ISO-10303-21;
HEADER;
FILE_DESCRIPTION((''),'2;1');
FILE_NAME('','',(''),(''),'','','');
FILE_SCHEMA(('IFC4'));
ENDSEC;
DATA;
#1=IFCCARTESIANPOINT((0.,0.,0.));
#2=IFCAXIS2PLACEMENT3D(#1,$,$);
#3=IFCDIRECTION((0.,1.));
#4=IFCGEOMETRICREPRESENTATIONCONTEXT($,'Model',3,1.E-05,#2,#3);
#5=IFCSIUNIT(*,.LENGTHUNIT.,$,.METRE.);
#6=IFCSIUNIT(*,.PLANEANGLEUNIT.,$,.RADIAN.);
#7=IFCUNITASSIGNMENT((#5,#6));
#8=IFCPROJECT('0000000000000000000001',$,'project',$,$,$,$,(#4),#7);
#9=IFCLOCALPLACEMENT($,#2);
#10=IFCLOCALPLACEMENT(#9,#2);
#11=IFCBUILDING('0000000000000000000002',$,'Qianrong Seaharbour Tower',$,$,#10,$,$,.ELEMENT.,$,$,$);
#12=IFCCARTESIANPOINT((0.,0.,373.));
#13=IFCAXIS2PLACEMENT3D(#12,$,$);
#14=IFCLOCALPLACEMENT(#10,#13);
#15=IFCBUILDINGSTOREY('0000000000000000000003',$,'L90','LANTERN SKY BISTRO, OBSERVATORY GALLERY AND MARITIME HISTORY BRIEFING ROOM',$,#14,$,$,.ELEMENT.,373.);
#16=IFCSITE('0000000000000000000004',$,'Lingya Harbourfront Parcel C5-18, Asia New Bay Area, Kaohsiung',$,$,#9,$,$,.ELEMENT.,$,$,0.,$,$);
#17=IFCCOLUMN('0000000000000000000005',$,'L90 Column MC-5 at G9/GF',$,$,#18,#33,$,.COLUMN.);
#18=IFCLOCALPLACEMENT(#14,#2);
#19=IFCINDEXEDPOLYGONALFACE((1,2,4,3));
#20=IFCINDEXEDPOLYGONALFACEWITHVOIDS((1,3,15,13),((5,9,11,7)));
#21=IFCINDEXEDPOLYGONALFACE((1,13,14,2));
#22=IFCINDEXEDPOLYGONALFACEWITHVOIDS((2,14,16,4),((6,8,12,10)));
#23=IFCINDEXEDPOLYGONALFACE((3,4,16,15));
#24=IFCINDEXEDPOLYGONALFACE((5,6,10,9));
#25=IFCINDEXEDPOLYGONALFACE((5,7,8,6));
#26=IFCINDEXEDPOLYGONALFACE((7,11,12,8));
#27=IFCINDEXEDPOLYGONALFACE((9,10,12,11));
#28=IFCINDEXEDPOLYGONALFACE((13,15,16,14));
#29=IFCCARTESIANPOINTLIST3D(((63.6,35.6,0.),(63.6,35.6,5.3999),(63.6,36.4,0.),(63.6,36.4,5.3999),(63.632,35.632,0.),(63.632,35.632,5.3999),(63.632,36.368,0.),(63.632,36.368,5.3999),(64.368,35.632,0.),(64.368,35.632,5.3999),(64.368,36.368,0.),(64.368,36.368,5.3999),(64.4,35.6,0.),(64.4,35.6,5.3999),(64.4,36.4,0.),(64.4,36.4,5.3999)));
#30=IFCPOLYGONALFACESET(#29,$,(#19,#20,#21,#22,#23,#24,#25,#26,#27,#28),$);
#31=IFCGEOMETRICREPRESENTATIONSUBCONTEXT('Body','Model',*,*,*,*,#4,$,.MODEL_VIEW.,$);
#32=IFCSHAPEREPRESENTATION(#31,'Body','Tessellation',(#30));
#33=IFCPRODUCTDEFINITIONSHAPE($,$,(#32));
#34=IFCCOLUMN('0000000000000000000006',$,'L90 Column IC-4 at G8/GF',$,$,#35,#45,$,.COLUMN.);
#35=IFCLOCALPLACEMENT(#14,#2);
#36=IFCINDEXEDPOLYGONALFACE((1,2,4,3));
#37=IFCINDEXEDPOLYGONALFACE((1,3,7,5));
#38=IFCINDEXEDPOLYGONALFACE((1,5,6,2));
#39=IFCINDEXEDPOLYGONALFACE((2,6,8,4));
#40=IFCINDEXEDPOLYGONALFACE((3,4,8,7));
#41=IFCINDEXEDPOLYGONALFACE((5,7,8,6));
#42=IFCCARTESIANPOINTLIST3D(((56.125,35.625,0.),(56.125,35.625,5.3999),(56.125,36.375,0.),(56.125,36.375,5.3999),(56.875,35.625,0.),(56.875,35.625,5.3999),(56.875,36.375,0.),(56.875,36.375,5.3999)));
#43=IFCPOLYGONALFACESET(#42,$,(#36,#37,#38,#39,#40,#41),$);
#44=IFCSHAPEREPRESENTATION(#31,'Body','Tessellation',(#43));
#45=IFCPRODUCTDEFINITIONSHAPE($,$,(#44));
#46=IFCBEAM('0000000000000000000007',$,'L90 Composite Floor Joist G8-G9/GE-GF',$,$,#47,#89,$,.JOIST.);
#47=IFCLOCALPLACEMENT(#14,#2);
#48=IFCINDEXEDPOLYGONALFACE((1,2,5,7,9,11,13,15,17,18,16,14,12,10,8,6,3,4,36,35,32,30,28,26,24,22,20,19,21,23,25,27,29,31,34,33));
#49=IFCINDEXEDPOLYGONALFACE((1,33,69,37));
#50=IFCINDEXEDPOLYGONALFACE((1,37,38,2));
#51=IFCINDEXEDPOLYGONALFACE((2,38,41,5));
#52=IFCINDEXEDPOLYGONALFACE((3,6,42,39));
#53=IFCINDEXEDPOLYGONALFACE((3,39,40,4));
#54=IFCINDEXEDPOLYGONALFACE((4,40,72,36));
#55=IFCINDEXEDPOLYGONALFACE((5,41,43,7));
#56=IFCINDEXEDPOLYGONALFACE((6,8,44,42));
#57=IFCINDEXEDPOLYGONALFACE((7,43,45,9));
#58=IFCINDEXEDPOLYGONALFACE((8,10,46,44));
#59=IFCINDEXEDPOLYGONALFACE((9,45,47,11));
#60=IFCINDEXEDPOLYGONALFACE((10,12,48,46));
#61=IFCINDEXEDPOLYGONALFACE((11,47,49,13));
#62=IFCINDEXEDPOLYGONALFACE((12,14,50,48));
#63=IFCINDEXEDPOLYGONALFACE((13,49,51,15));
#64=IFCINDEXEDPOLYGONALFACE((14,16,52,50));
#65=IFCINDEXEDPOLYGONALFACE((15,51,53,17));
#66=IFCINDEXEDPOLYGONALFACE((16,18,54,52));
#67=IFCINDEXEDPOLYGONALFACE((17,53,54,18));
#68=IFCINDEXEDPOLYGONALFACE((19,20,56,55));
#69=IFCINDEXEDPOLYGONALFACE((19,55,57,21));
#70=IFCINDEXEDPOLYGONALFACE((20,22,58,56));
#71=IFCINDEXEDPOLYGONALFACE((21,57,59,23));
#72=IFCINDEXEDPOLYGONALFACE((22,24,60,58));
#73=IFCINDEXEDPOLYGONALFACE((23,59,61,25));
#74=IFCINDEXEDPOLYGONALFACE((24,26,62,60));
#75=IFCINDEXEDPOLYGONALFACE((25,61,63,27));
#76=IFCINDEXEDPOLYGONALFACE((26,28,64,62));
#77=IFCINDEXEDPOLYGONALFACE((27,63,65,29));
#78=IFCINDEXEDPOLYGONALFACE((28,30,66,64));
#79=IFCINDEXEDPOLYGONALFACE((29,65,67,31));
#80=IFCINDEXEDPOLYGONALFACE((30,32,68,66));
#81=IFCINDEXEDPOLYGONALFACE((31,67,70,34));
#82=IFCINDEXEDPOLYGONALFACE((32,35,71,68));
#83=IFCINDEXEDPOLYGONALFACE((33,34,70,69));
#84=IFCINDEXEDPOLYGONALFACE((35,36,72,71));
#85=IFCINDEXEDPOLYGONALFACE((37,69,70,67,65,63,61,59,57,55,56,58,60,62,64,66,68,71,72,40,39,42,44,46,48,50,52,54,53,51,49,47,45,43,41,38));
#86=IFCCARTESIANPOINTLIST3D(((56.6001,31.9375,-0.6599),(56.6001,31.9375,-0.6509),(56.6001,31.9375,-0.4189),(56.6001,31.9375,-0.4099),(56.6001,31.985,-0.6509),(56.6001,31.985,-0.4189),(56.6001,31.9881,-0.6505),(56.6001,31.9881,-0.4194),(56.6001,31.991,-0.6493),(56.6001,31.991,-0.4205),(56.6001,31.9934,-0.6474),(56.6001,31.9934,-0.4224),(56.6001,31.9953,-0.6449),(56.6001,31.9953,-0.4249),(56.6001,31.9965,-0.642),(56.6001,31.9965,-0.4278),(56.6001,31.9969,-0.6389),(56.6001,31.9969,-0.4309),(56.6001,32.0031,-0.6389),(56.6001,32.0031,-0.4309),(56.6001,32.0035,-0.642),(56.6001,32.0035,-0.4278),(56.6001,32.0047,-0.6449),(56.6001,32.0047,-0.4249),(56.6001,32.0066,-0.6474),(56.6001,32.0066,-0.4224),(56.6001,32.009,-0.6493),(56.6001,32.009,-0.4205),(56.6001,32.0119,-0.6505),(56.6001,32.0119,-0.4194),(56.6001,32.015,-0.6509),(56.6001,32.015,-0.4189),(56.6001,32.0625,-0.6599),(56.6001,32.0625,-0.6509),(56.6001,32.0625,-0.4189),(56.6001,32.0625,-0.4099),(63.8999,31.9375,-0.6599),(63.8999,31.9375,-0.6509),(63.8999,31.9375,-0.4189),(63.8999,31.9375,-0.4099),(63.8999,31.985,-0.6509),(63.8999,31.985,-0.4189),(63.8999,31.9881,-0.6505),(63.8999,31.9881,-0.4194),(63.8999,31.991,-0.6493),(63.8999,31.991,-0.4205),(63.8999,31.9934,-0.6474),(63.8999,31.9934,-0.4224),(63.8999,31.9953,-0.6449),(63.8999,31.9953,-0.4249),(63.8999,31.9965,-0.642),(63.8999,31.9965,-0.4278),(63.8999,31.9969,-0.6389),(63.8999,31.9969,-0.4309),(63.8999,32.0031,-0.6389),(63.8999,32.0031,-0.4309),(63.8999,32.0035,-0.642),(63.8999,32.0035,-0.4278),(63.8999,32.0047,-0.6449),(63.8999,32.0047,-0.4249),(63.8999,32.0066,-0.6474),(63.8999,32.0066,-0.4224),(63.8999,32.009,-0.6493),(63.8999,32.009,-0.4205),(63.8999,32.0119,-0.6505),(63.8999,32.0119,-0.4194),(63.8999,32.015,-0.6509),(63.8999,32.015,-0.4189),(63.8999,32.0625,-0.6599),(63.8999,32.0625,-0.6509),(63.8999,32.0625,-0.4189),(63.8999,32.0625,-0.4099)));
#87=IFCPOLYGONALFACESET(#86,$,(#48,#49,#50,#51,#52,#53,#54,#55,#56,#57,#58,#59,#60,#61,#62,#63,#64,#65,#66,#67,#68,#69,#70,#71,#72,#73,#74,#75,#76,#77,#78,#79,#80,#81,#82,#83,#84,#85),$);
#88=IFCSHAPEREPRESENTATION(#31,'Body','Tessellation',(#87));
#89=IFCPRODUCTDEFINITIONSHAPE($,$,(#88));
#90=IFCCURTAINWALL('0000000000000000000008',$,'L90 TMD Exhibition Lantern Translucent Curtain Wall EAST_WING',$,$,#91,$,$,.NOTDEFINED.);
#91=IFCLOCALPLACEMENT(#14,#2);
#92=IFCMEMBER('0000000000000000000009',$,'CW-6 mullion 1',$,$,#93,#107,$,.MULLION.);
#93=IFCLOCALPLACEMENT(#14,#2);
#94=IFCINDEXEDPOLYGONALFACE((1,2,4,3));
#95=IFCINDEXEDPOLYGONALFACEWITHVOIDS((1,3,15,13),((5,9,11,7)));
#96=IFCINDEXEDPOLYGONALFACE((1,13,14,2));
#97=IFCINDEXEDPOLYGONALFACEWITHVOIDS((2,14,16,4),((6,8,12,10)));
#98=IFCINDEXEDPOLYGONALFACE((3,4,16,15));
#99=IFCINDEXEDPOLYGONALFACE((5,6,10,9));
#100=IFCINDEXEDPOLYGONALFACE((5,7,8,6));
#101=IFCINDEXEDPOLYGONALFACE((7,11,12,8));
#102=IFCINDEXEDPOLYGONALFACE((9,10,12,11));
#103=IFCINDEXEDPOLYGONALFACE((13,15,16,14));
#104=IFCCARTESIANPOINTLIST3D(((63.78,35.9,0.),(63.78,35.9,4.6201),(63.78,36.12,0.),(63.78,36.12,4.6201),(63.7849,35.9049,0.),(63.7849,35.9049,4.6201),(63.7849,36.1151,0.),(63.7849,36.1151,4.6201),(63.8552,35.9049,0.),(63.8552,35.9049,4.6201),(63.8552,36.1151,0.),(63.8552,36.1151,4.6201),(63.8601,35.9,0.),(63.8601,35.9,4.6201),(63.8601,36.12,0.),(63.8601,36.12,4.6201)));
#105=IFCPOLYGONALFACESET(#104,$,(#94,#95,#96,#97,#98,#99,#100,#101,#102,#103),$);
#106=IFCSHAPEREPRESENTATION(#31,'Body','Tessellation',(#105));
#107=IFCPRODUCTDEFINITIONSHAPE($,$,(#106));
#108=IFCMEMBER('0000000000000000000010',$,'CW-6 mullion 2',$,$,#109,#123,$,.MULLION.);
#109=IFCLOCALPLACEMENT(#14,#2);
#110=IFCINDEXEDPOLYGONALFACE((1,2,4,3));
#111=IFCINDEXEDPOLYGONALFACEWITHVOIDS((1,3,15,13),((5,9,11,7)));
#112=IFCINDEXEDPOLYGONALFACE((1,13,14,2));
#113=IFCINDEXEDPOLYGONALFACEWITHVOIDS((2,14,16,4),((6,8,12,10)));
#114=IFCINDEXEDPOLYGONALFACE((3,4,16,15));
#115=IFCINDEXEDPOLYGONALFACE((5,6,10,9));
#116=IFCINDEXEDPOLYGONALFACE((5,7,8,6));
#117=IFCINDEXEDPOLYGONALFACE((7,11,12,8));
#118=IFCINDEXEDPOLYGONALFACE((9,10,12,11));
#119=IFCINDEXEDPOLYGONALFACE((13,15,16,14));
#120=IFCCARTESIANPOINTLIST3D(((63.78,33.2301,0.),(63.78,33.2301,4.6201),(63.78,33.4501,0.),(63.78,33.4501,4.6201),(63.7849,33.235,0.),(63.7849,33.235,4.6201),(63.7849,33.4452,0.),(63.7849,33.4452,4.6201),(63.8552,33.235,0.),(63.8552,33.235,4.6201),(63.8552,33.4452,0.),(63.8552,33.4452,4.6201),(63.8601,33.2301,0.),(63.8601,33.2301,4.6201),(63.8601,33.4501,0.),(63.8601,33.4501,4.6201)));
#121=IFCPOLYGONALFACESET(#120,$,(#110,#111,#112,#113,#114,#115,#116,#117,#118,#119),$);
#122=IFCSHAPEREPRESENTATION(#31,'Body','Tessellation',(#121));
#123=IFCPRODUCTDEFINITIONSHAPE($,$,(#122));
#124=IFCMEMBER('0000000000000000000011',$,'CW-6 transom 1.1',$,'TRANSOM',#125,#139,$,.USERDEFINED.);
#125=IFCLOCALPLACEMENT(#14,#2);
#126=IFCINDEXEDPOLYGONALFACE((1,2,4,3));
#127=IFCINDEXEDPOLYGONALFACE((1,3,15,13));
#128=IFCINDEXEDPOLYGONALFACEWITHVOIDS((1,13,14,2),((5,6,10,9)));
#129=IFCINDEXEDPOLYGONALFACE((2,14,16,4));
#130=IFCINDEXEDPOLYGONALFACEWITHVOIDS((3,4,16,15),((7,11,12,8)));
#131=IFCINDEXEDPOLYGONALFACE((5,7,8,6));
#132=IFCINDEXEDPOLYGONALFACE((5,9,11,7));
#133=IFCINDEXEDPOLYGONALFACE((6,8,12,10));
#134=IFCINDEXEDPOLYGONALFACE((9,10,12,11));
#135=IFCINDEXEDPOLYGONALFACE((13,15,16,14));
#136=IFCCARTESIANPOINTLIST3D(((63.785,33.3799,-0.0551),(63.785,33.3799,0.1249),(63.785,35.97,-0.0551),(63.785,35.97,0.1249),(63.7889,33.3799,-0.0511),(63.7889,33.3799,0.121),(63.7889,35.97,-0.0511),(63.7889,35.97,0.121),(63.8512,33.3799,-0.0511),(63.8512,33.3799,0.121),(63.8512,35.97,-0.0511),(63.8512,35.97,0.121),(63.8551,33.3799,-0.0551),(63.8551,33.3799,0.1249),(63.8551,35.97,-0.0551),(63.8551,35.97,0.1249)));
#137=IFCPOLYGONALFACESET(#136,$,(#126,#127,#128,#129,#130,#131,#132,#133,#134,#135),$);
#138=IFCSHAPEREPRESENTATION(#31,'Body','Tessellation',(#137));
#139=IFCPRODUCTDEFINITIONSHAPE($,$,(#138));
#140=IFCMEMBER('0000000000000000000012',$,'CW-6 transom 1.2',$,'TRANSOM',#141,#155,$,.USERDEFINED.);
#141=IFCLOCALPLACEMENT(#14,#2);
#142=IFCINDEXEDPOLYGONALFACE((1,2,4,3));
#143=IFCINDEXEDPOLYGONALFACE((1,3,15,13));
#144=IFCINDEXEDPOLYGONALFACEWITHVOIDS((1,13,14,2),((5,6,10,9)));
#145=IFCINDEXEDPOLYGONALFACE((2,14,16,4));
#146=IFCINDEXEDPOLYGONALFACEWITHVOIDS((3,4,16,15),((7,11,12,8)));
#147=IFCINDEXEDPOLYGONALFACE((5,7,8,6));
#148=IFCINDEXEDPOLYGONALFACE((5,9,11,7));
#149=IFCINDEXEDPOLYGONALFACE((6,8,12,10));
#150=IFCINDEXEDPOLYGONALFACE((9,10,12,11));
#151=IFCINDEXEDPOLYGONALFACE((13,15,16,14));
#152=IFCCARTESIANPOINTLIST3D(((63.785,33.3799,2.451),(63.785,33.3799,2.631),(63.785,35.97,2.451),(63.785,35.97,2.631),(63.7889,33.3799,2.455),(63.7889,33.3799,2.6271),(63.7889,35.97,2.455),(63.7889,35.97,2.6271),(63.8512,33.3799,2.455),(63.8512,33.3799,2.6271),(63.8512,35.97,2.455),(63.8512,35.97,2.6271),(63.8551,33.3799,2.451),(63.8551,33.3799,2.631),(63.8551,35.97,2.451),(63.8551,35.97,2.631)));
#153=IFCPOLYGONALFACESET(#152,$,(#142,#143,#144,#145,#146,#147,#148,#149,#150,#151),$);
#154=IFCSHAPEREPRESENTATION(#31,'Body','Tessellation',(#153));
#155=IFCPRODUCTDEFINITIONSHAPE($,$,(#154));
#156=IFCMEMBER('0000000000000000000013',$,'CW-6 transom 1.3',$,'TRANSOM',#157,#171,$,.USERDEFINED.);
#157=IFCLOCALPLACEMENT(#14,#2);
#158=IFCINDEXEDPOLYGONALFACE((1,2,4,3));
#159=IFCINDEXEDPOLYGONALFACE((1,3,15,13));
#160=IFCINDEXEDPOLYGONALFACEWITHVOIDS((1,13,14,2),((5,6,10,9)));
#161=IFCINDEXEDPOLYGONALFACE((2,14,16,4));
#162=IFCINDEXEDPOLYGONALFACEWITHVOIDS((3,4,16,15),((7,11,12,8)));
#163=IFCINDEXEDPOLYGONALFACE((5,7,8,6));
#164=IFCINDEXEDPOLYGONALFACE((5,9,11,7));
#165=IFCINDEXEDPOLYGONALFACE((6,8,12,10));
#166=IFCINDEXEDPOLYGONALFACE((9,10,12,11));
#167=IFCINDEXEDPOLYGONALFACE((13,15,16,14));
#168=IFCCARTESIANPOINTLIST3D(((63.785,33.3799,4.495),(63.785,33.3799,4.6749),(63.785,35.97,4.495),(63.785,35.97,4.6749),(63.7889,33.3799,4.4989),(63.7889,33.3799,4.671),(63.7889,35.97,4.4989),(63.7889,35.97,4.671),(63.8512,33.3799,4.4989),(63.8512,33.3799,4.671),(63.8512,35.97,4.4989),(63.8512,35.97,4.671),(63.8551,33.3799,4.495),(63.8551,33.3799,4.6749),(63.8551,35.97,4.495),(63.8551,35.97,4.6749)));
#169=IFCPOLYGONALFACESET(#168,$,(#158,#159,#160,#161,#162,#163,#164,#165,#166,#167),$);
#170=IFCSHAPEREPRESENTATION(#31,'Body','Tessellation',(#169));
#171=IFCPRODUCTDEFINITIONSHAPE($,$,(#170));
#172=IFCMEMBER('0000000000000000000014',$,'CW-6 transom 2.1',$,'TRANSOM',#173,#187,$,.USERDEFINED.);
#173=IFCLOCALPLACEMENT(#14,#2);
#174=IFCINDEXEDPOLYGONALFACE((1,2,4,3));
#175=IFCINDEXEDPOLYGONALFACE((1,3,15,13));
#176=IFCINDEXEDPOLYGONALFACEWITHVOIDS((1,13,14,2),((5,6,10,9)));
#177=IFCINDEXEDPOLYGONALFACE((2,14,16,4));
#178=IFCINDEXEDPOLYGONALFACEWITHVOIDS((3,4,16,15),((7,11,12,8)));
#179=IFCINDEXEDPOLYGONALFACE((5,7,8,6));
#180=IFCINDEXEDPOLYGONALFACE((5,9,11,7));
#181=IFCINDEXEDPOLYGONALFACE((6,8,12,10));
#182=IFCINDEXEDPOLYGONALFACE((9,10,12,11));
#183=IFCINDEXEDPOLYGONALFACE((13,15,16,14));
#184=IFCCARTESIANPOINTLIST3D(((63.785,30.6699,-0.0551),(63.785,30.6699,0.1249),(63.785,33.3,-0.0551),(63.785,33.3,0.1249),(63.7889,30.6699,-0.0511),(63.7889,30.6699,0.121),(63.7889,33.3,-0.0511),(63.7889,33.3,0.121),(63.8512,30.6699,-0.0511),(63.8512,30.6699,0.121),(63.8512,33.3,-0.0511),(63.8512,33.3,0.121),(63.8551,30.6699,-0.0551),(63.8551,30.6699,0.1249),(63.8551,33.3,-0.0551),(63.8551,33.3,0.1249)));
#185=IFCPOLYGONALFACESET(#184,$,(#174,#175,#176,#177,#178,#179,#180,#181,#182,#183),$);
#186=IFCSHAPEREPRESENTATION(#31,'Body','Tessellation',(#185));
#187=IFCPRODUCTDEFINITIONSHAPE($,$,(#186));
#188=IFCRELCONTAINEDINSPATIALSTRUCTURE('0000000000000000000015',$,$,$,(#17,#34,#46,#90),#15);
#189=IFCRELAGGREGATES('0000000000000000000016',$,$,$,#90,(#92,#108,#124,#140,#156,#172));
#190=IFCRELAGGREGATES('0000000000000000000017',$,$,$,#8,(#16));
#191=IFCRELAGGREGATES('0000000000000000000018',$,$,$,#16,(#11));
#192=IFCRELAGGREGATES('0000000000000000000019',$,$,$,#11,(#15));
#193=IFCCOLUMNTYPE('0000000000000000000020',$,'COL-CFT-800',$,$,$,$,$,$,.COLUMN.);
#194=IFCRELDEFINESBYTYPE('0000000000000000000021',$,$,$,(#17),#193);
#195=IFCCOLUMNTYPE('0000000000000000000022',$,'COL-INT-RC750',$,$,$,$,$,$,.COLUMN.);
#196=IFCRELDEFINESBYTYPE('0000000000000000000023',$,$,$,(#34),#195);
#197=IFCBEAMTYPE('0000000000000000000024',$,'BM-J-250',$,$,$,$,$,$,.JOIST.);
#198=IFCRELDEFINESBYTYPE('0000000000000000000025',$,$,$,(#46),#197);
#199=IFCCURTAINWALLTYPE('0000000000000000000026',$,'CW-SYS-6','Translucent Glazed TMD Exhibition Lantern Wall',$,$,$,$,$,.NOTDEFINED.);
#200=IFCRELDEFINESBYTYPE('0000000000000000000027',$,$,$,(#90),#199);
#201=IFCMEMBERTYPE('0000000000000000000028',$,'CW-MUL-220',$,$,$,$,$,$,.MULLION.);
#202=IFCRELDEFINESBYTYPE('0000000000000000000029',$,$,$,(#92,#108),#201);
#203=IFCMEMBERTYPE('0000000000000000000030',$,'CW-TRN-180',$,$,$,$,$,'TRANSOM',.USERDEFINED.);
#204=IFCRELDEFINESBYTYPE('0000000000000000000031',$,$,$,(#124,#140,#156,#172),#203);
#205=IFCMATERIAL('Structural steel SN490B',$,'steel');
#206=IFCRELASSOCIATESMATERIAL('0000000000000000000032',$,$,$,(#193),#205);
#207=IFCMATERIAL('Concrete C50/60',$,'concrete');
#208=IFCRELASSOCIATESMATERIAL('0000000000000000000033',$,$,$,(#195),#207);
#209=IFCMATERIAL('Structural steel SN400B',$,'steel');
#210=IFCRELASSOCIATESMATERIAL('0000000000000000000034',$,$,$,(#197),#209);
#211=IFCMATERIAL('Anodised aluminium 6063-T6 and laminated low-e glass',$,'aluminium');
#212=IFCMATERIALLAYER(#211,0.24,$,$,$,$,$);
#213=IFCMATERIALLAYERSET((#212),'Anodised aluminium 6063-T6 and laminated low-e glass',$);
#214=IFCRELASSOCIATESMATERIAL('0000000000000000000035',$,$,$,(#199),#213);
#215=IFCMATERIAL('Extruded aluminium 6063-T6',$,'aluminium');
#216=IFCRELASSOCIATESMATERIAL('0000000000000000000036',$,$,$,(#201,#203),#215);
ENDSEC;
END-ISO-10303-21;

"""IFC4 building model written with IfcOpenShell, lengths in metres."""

from ifc_helpers import new_model, si_unit, direction, frame, origin, origin_2d, place, context, subcontext, project, spatial, rectangle, hollow_rectangle, i_section, extrude, material, layer, layer_set, material_profile, profile_set, type_object, element, aggregate, save


model = new_model("IFC4")

# Units and contexts
model_context = context("Model", 3, precision=1e-05, world=origin(), true_north=direction((0.0, 1.0)))
body_context = subcontext(model_context, "Body", "Model", "MODEL_VIEW")
ifc_project = project(units=[si_unit("LENGTHUNIT", "METRE"), si_unit("PLANEANGLEUNIT", "RADIAN")], contexts=[model_context])

# Site, building, storey
site_placement = place(None, origin())
site = spatial("IfcSite", under=ifc_project, at=site_placement, Name="Lingya Harbourfront Parcel C5-18, Asia New Bay Area, Kaohsiung", CompositionType="ELEMENT", RefElevation=0.0)
building_placement = place(site_placement, origin())
building = spatial("IfcBuilding", under=site, at=building_placement, Name="Qianrong Seaharbour Tower", CompositionType="ELEMENT")
storey_placement = place(building_placement, frame((0.0, 0.0, 373.0)))
storey = spatial("IfcBuildingStorey", under=building, at=storey_placement, Name="L90", Description="LANTERN SKY BISTRO, OBSERVATORY GALLERY AND MARITIME HISTORY BRIEFING ROOM", CompositionType="ELEMENT", Elevation=373.0)

# Columns
ifc_material_1 = material(Name="Structural steel SN490B", Category="steel")
ifc_material_profile_1 = material_profile(ifc_material_1, hollow_rectangle(XDim=0.8, YDim=0.8, WallThickness=0.032, at=origin_2d()), Name="BOX800x800x32")
ifc_profile_set_1 = profile_set([ifc_material_profile_1], Name="Structural steel SN490B")
column_type_1 = type_object("IfcColumnType", Name="COL-CFT-800", PredefinedType="COLUMN", material=ifc_profile_set_1)
column_1_placement = place(storey_placement, frame((64.0, 36.0, 0.0), z_axis=(0.0, 0.0, 1.0), x_axis=(1.0, 0.0, 0.0)))
element("IfcColumn", 1, at=column_1_placement, inside=storey, type_object=column_type_1, Name="L90 Column MC-5 at G9/GF", PredefinedType="COLUMN", context=body_context, shape_type="SweptSolid", body=[
    extrude(hollow_rectangle(XDim=0.8, YDim=0.8, WallThickness=0.032, at=origin_2d()), origin(), (0.0, 0.0, 1.0), 5.3999),
])
ifc_material_2 = material(Name="Concrete C50/60", Category="concrete")
ifc_material_profile_2 = material_profile(ifc_material_2, rectangle(XDim=0.75, YDim=0.75, at=origin_2d()), Name="RC750x750")
ifc_profile_set_2 = profile_set([ifc_material_profile_2], Name="Concrete C50/60")
column_type_2 = type_object("IfcColumnType", Name="COL-INT-RC750", PredefinedType="COLUMN", material=ifc_profile_set_2)
column_2_placement = place(storey_placement, frame((56.5, 36.0, 0.0), z_axis=(0.0, 0.0, 1.0), x_axis=(1.0, 0.0, 0.0)))
element("IfcColumn", 2, at=column_2_placement, inside=storey, type_object=column_type_2, Name="L90 Column IC-4 at G8/GF", PredefinedType="COLUMN", context=body_context, shape_type="SweptSolid", body=[
    extrude(rectangle(XDim=0.75, YDim=0.75, at=origin_2d()), origin(), (0.0, 0.0, 1.0), 5.3999),
])

# Beam
ifc_material_3 = material(Name="Structural steel SN400B", Category="steel")
ifc_material_profile_3 = material_profile(ifc_material_3, i_section(OverallWidth=0.125, OverallDepth=0.25, WebThickness=0.0061, FlangeThickness=0.009, FilletRadius=0.012, at=origin_2d()), Name="H250x125x6x9")
ifc_profile_set_3 = profile_set([ifc_material_profile_3], Name="Structural steel SN400B")
beam_type = type_object("IfcBeamType", Name="BM-J-250", PredefinedType="JOIST", material=ifc_profile_set_3)
beam_placement = place(storey_placement, frame((56.6001, 32.0, -0.5349), z_axis=(1.0, 0.0, 0.0), x_axis=(0.0, 1.0, 0.0)))
element("IfcBeam", 3, at=beam_placement, inside=storey, type_object=beam_type, Name="L90 Composite Floor Joist G8-G9/GE-GF", PredefinedType="JOIST", context=body_context, shape_type="SweptSolid", body=[
    extrude(i_section(OverallWidth=0.125, OverallDepth=0.25, WebThickness=0.0061, FlangeThickness=0.009, FilletRadius=0.012, at=origin_2d()), origin(), (0.0, 0.0, 1.0), 7.2998),
])

# Curtain wall, members
ifc_material_4 = material(Name="Anodised aluminium 6063-T6 and laminated low-e glass", Category="aluminium")
ifc_layer_1 = layer(ifc_material_4, 0.24)
ifc_layer_set_1 = layer_set([ifc_layer_1], Name="Anodised aluminium 6063-T6 and laminated low-e glass")
curtain_wall_type = type_object("IfcCurtainWallType", Name="CW-SYS-6", Description="Translucent Glazed TMD Exhibition Lantern Wall", PredefinedType="NOTDEFINED", material=ifc_layer_set_1)
curtain_wall_placement = place(storey_placement, origin())
curtain_wall = element("IfcCurtainWall", 4, at=curtain_wall_placement, inside=storey, type_object=curtain_wall_type, Name="L90 TMD Exhibition Lantern Translucent Curtain Wall EAST_WING", PredefinedType="NOTDEFINED")
ifc_material_5 = material(Name="Extruded aluminium 6063-T6", Category="aluminium")
ifc_material_profile_4 = material_profile(ifc_material_5, hollow_rectangle(XDim=0.0801, YDim=0.22, WallThickness=0.0049, at=origin_2d()), Name="ALU-MUL-220x80x5")
ifc_profile_set_4 = profile_set([ifc_material_profile_4], Name="Extruded aluminium 6063-T6")
member_type_1 = type_object("IfcMemberType", Name="CW-MUL-220", PredefinedType="MULLION", material=ifc_profile_set_4)
member_1_placement = place(storey_placement, frame((63.8201, 36.01, 0.0), z_axis=(0.0, 0.0, 1.0), x_axis=(1.0, 0.0, 0.0)))
member_1 = element("IfcMember", 5, at=member_1_placement, type_object=member_type_1, Name="CW-6 mullion 1", PredefinedType="MULLION", context=body_context, shape_type="SweptSolid", body=[
    extrude(hollow_rectangle(XDim=0.0801, YDim=0.22, WallThickness=0.0049, at=origin_2d()), origin(), (0.0, 0.0, 1.0), 4.6201),
])
member_2_placement = place(storey_placement, frame((63.8201, 33.3401, 0.0), z_axis=(0.0, 0.0, 1.0), x_axis=(1.0, 0.0, 0.0)))
member_2 = element("IfcMember", 6, at=member_2_placement, type_object=member_type_1, Name="CW-6 mullion 2", PredefinedType="MULLION", context=body_context, shape_type="SweptSolid", body=[
    extrude(hollow_rectangle(XDim=0.0801, YDim=0.22, WallThickness=0.0049, at=origin_2d()), origin(), (0.0, 0.0, 1.0), 4.6201),
])
ifc_material_profile_5 = material_profile(ifc_material_5, hollow_rectangle(XDim=0.0701, YDim=0.1799, WallThickness=0.0039, at=origin_2d()), Name="ALU-TRN-180x70x4")
ifc_profile_set_5 = profile_set([ifc_material_profile_5], Name="Extruded aluminium 6063-T6")
member_type_2 = type_object("IfcMemberType", Name="CW-TRN-180", ElementType="TRANSOM", PredefinedType="USERDEFINED", material=ifc_profile_set_5)
member_3_placement = place(storey_placement, frame((63.8201, 35.97, 0.0349), z_axis=(0.0, -1.0, 0.0), x_axis=(1.0, 0.0, 0.0)))
member_3 = element("IfcMember", 7, at=member_3_placement, type_object=member_type_2, Name="CW-6 transom 1.1", ObjectType="TRANSOM", PredefinedType="USERDEFINED", context=body_context, shape_type="SweptSolid", body=[
    extrude(hollow_rectangle(XDim=0.0701, YDim=0.1799, WallThickness=0.0039, at=origin_2d()), origin(), (0.0, 0.0, 1.0), 2.5901),
])
member_4_placement = place(storey_placement, frame((63.8201, 35.97, 2.541), z_axis=(0.0, -1.0, 0.0), x_axis=(1.0, 0.0, 0.0)))
member_4 = element("IfcMember", 8, at=member_4_placement, type_object=member_type_2, Name="CW-6 transom 1.2", ObjectType="TRANSOM", PredefinedType="USERDEFINED", context=body_context, shape_type="SweptSolid", body=[
    extrude(hollow_rectangle(XDim=0.0701, YDim=0.1799, WallThickness=0.0039, at=origin_2d()), origin(), (0.0, 0.0, 1.0), 2.5901),
])
member_5_placement = place(storey_placement, frame((63.8201, 35.97, 4.585), z_axis=(0.0, -1.0, 0.0), x_axis=(1.0, 0.0, 0.0)))
member_5 = element("IfcMember", 9, at=member_5_placement, type_object=member_type_2, Name="CW-6 transom 1.3", ObjectType="TRANSOM", PredefinedType="USERDEFINED", context=body_context, shape_type="SweptSolid", body=[
    extrude(hollow_rectangle(XDim=0.0701, YDim=0.1799, WallThickness=0.0039, at=origin_2d()), origin(), (0.0, 0.0, 1.0), 2.5901),
])
member_6_placement = place(storey_placement, frame((63.8201, 33.3, 0.0349), z_axis=(0.0, -1.0, 0.0), x_axis=(1.0, 0.0, 0.0)))
member_6 = element("IfcMember", 10, at=member_6_placement, type_object=member_type_2, Name="CW-6 transom 2.1", ObjectType="TRANSOM", PredefinedType="USERDEFINED", context=body_context, shape_type="SweptSolid", body=[
    extrude(hollow_rectangle(XDim=0.0701, YDim=0.1799, WallThickness=0.0039, at=origin_2d()), origin(), (0.0, 0.0, 1.0), 2.6301),
])
aggregate(curtain_wall, [member_1, member_2, member_3, member_4, member_5, member_6])

save(model, "model.ifc")
